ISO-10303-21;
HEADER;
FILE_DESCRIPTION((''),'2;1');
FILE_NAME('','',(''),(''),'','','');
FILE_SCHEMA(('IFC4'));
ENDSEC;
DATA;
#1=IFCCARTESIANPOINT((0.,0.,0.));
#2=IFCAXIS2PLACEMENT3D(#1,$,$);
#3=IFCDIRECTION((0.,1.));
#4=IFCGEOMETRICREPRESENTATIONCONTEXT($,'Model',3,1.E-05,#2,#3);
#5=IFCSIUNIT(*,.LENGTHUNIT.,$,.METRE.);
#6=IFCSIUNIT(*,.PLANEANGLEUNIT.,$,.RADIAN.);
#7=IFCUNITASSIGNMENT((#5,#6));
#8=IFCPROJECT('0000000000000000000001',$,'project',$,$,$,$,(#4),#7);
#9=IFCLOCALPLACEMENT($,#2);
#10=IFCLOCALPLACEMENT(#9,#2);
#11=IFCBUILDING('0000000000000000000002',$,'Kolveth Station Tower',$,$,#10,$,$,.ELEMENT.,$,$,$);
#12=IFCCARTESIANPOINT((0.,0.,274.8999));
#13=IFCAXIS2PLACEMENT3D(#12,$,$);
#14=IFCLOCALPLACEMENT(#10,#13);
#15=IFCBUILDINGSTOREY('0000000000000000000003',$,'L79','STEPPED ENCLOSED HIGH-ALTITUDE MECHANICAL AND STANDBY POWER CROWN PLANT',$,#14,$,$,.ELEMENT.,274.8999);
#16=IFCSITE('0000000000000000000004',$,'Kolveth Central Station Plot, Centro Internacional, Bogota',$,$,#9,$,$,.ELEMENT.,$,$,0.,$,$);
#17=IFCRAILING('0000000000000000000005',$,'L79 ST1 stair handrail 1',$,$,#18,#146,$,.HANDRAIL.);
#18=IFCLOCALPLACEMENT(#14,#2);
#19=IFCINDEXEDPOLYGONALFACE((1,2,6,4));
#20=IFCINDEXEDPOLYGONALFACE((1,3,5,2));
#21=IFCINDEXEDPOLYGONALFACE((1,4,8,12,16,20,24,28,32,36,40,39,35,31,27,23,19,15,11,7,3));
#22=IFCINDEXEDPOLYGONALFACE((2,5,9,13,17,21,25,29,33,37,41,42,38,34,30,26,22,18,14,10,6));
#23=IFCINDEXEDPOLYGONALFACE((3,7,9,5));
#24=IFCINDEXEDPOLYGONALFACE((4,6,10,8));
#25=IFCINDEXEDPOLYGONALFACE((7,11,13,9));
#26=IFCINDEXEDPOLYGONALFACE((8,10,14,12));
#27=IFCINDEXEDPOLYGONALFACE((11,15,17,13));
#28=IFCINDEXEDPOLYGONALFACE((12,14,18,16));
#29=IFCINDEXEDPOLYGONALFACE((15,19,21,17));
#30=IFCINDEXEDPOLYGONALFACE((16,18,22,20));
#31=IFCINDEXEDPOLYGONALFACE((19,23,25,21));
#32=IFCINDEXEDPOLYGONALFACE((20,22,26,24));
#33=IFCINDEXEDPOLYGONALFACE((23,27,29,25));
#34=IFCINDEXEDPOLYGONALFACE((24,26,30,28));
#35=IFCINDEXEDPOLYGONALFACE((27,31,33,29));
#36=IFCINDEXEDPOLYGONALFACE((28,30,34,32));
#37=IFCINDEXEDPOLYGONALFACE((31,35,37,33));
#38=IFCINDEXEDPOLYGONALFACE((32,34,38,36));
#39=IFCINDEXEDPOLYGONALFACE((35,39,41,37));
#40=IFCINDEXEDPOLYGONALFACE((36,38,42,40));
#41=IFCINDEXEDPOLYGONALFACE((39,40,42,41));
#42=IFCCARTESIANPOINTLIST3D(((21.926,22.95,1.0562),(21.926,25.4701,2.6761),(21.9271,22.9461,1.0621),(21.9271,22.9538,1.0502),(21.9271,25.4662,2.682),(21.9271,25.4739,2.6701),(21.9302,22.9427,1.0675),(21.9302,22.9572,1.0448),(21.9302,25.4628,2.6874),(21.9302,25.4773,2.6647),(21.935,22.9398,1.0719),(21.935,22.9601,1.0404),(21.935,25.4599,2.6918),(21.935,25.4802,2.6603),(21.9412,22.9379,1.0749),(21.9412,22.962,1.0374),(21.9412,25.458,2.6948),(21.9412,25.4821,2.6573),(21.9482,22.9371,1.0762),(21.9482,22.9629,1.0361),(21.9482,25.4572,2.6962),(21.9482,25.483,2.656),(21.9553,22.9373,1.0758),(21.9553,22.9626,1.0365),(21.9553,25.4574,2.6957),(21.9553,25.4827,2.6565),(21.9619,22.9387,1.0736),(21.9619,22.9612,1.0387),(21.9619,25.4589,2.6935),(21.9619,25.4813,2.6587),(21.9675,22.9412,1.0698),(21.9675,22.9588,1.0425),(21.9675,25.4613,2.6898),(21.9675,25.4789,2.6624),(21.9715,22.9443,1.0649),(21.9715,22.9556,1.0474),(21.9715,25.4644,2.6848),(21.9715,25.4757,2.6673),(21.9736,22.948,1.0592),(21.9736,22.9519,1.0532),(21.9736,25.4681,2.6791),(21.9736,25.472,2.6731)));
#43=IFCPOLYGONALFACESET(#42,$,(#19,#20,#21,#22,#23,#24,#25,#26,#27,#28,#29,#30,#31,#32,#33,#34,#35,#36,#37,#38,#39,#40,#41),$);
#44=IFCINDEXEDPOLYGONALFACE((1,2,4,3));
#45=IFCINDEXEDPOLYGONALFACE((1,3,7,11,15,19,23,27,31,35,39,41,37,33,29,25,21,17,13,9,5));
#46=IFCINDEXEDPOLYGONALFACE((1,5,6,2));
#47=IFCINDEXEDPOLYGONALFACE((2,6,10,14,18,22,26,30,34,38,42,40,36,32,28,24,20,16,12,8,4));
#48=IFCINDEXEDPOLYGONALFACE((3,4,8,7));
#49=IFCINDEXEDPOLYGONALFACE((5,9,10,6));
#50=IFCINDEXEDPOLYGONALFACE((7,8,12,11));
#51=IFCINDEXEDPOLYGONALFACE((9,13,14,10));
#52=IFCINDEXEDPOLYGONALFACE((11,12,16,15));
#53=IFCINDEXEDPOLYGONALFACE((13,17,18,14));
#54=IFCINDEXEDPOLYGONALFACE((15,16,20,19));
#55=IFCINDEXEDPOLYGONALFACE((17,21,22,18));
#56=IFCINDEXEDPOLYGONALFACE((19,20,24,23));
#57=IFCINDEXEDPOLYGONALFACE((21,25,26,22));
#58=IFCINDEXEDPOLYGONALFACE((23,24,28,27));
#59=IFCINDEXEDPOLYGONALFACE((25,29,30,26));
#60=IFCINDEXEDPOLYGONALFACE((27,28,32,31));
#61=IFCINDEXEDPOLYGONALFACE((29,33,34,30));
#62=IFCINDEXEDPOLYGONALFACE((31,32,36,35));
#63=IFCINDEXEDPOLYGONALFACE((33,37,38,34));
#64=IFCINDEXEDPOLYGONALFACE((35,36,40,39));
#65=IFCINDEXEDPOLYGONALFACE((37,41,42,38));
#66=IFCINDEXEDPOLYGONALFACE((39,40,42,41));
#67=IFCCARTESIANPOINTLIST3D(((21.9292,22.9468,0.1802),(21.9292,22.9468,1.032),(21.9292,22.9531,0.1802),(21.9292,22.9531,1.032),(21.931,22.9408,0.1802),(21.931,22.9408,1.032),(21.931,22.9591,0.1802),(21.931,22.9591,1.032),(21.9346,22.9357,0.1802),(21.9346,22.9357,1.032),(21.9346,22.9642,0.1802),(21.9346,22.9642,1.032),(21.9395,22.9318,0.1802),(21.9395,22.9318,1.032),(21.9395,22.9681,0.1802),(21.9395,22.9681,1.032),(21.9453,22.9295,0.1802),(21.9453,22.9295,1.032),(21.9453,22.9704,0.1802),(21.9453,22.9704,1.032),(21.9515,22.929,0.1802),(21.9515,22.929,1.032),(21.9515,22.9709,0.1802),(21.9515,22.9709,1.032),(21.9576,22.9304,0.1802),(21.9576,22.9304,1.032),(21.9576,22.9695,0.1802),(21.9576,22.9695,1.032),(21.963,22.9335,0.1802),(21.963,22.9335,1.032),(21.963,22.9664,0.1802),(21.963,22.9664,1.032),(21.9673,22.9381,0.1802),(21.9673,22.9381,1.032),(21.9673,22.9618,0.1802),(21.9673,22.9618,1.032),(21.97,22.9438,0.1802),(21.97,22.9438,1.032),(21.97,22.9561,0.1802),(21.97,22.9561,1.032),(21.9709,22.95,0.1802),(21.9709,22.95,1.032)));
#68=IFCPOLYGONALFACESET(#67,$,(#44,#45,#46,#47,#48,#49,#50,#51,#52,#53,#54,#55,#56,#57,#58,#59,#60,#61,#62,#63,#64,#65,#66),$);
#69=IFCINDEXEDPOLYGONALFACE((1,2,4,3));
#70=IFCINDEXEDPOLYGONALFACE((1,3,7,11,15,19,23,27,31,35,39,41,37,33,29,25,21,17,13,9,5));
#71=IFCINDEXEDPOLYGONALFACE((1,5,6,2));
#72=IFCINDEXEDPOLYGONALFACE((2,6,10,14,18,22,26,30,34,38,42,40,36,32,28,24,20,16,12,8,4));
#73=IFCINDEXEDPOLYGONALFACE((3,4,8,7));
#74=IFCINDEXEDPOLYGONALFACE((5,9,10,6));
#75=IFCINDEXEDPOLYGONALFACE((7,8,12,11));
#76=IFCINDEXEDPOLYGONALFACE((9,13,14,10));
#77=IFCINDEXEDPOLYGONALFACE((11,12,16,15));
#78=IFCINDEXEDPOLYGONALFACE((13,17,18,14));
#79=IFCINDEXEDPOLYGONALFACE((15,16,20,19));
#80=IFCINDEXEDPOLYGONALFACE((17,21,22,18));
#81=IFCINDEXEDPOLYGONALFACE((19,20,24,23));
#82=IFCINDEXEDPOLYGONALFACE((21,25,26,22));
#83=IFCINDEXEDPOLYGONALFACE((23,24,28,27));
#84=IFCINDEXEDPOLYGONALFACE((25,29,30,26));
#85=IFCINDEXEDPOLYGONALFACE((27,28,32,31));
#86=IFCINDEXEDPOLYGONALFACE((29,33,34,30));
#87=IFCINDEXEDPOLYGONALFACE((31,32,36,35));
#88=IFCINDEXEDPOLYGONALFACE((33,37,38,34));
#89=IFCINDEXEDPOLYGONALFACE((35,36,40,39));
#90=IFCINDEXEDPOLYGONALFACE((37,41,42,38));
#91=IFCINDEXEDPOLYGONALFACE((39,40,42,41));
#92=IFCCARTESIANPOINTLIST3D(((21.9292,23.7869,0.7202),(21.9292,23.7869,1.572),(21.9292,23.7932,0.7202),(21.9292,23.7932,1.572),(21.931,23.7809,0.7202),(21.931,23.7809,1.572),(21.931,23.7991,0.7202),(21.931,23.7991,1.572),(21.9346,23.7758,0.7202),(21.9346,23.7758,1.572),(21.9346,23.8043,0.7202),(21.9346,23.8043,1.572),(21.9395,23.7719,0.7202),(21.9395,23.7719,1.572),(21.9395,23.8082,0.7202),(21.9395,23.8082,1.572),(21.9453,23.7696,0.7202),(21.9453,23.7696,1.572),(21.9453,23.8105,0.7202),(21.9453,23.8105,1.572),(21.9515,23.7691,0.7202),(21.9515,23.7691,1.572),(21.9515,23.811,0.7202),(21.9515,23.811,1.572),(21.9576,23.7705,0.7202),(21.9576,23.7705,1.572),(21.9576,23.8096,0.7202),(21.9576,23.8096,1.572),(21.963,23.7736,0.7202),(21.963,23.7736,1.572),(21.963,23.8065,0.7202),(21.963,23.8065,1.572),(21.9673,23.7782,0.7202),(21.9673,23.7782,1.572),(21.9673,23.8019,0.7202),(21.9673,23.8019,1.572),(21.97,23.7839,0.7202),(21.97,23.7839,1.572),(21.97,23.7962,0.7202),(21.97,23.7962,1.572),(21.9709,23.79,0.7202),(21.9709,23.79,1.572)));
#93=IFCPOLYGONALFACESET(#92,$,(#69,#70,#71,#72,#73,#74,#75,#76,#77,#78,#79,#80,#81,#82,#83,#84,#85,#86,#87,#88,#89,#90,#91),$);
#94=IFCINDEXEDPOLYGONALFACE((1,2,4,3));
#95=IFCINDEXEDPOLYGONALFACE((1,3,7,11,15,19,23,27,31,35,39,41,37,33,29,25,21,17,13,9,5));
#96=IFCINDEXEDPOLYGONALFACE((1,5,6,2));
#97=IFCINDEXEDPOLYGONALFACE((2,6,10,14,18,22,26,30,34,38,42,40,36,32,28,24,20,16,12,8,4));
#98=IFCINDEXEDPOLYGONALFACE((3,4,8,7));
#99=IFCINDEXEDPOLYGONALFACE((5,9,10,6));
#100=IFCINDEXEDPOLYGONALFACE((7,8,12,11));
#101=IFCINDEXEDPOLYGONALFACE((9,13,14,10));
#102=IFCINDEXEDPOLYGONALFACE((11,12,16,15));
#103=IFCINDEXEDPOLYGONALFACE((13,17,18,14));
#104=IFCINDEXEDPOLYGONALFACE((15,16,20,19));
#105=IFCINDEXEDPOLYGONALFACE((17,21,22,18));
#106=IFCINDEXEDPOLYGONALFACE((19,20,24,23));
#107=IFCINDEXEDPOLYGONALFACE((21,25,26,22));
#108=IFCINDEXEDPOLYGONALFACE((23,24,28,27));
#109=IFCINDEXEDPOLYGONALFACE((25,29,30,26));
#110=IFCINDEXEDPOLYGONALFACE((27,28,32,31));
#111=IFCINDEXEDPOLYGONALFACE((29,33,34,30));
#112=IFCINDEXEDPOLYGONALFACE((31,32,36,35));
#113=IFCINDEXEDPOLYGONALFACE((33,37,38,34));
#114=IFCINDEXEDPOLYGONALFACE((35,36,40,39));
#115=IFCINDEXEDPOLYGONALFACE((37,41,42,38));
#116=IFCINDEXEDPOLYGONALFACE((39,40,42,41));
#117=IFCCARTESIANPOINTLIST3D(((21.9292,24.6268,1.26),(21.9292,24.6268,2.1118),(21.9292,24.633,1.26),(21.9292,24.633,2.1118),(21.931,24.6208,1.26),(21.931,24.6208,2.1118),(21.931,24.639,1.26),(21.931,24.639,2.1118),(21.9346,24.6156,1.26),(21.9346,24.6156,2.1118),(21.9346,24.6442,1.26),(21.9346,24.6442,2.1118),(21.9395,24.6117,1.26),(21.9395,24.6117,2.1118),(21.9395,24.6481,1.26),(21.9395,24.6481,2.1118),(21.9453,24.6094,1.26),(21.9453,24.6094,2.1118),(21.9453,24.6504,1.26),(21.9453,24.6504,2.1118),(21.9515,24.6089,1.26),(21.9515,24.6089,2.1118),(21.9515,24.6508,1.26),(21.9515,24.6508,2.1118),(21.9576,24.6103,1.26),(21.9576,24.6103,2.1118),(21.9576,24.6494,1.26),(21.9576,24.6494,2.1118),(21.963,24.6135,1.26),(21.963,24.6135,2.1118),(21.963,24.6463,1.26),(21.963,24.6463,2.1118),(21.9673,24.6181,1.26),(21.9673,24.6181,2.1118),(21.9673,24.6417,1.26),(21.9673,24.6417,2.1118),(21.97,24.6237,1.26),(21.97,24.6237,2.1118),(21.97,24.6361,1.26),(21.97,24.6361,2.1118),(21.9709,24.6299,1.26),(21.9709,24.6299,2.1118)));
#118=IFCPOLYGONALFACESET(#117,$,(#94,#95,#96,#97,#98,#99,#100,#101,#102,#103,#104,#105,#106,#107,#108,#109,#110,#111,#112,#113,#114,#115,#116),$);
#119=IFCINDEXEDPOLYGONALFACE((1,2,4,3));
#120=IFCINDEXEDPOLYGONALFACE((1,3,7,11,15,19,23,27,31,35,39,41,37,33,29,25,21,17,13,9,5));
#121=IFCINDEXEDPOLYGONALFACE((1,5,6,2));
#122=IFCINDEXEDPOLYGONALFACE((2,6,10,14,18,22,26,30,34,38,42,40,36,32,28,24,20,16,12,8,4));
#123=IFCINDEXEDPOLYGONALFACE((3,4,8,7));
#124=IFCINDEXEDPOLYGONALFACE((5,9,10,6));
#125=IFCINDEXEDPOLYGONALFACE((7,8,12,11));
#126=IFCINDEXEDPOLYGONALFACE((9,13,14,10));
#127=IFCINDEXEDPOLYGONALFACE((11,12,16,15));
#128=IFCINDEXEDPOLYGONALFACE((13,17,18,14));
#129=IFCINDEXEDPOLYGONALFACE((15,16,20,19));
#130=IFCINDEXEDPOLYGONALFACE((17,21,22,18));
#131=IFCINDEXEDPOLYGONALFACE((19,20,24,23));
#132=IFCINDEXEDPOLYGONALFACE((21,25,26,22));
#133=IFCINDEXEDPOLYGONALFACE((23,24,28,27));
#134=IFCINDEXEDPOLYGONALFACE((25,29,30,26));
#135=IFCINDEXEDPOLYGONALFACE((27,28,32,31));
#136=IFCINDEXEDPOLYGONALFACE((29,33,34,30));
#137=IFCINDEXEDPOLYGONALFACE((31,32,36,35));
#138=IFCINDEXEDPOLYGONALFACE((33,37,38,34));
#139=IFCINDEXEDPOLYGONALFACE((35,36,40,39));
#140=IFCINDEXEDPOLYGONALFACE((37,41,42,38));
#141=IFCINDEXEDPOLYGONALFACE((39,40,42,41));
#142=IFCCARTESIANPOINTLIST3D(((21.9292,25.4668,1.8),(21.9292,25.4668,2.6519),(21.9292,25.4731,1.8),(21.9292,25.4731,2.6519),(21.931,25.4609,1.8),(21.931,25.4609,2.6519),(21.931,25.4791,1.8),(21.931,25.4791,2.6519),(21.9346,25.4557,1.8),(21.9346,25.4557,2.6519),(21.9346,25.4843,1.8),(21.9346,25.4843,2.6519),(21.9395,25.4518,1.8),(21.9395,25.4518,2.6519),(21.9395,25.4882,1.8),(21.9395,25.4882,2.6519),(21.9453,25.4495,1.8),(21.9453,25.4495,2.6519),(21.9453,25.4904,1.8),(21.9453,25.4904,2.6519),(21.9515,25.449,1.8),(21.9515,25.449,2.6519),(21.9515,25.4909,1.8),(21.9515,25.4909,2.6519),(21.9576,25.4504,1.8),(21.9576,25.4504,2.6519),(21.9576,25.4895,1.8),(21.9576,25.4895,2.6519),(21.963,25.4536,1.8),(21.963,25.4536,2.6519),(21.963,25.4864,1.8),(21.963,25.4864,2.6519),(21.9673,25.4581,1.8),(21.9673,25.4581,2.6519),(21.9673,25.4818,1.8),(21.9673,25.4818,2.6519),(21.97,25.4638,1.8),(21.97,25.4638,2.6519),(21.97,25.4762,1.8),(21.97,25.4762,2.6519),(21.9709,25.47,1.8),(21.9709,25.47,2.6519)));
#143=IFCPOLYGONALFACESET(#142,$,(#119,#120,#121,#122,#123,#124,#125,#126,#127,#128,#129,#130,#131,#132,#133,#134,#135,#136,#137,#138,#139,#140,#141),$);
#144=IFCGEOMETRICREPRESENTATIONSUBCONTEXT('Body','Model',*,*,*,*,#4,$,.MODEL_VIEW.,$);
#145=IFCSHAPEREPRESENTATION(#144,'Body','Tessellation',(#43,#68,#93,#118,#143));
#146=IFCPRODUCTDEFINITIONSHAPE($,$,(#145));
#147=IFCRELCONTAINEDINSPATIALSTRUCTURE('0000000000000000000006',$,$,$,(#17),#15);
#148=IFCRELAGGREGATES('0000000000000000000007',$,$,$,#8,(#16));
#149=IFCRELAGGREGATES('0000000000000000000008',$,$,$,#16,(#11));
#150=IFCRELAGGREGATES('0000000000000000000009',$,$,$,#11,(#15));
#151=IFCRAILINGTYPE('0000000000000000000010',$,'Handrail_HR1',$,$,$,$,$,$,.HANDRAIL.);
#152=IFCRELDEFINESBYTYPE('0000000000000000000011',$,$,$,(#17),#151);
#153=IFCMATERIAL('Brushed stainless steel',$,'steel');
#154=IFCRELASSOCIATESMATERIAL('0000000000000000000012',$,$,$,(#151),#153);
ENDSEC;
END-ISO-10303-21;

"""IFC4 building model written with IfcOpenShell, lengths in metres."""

from ifc_helpers import new_model, si_unit, direction, frame, origin, origin_2d, place, context, subcontext, project, spatial, circle, extrude, material, type_object, element, save


model = new_model("IFC4")

# Units and contexts
model_context = context("Model", 3, precision=1e-05, world=origin(), true_north=direction((0.0, 1.0)))
body_context = subcontext(model_context, "Body", "Model", "MODEL_VIEW")
ifc_project = project(units=[si_unit("LENGTHUNIT", "METRE"), si_unit("PLANEANGLEUNIT", "RADIAN")], contexts=[model_context])

# Site, building, storey
site_placement = place(None, origin())
site = spatial("IfcSite", under=ifc_project, at=site_placement, Name="Kolveth Central Station Plot, Centro Internacional, Bogota", CompositionType="ELEMENT", RefElevation=0.0)
building_placement = place(site_placement, origin())
building = spatial("IfcBuilding", under=site, at=building_placement, Name="Kolveth Station Tower", CompositionType="ELEMENT")
storey_placement = place(building_placement, frame((0.0, 0.0, 274.8999)))
storey = spatial("IfcBuildingStorey", under=building, at=storey_placement, Name="L79", Description="STEPPED ENCLOSED HIGH-ALTITUDE MECHANICAL AND STANDBY POWER CROWN PLANT", CompositionType="ELEMENT", Elevation=274.8999)

# Railing
ifc_material_1 = material(Name="Brushed stainless steel", Category="steel")
railing_type_1 = type_object("IfcRailingType", Name="Handrail_HR1", PredefinedType="HANDRAIL", material=ifc_material_1)
for number, where, name in (
    (1, (21.95, 22.95, 0.1802), "L79 ST1 stair handrail 1"),
):
    element("IfcRailing", number, at=place(storey_placement, frame(where)), inside=storey, type_object=railing_type_1, Name=name, PredefinedType="HANDRAIL", context=body_context, shape_type="SweptSolid", body=[
        extrude(circle(Radius=0.0239, at=origin_2d()), frame((0.0, 0.0, 0.876), z_axis=(0.0, 0.8412, 0.540725), x_axis=(-1.0, 0.0, 0.0)), (0.0, 0.0, 1.0), 2.9958),
        extrude(circle(Radius=0.021, at=origin_2d()), origin(), (0.0, 0.0, 1.0), 0.8518),
        extrude(circle(Radius=0.021, at=origin_2d()), frame((0.0, 0.8401, 0.54)), (0.0, 0.0, 1.0), 0.8518),
        extrude(circle(Radius=0.021, at=origin_2d()), frame((0.0, 1.6799, 1.0798)), (0.0, 0.0, 1.0), 0.8518),
        extrude(circle(Radius=0.021, at=origin_2d()), frame((0.0, 2.52, 1.6199)), (0.0, 0.0, 1.0), 0.8518),
    ])

save(model, "model.ifc")
